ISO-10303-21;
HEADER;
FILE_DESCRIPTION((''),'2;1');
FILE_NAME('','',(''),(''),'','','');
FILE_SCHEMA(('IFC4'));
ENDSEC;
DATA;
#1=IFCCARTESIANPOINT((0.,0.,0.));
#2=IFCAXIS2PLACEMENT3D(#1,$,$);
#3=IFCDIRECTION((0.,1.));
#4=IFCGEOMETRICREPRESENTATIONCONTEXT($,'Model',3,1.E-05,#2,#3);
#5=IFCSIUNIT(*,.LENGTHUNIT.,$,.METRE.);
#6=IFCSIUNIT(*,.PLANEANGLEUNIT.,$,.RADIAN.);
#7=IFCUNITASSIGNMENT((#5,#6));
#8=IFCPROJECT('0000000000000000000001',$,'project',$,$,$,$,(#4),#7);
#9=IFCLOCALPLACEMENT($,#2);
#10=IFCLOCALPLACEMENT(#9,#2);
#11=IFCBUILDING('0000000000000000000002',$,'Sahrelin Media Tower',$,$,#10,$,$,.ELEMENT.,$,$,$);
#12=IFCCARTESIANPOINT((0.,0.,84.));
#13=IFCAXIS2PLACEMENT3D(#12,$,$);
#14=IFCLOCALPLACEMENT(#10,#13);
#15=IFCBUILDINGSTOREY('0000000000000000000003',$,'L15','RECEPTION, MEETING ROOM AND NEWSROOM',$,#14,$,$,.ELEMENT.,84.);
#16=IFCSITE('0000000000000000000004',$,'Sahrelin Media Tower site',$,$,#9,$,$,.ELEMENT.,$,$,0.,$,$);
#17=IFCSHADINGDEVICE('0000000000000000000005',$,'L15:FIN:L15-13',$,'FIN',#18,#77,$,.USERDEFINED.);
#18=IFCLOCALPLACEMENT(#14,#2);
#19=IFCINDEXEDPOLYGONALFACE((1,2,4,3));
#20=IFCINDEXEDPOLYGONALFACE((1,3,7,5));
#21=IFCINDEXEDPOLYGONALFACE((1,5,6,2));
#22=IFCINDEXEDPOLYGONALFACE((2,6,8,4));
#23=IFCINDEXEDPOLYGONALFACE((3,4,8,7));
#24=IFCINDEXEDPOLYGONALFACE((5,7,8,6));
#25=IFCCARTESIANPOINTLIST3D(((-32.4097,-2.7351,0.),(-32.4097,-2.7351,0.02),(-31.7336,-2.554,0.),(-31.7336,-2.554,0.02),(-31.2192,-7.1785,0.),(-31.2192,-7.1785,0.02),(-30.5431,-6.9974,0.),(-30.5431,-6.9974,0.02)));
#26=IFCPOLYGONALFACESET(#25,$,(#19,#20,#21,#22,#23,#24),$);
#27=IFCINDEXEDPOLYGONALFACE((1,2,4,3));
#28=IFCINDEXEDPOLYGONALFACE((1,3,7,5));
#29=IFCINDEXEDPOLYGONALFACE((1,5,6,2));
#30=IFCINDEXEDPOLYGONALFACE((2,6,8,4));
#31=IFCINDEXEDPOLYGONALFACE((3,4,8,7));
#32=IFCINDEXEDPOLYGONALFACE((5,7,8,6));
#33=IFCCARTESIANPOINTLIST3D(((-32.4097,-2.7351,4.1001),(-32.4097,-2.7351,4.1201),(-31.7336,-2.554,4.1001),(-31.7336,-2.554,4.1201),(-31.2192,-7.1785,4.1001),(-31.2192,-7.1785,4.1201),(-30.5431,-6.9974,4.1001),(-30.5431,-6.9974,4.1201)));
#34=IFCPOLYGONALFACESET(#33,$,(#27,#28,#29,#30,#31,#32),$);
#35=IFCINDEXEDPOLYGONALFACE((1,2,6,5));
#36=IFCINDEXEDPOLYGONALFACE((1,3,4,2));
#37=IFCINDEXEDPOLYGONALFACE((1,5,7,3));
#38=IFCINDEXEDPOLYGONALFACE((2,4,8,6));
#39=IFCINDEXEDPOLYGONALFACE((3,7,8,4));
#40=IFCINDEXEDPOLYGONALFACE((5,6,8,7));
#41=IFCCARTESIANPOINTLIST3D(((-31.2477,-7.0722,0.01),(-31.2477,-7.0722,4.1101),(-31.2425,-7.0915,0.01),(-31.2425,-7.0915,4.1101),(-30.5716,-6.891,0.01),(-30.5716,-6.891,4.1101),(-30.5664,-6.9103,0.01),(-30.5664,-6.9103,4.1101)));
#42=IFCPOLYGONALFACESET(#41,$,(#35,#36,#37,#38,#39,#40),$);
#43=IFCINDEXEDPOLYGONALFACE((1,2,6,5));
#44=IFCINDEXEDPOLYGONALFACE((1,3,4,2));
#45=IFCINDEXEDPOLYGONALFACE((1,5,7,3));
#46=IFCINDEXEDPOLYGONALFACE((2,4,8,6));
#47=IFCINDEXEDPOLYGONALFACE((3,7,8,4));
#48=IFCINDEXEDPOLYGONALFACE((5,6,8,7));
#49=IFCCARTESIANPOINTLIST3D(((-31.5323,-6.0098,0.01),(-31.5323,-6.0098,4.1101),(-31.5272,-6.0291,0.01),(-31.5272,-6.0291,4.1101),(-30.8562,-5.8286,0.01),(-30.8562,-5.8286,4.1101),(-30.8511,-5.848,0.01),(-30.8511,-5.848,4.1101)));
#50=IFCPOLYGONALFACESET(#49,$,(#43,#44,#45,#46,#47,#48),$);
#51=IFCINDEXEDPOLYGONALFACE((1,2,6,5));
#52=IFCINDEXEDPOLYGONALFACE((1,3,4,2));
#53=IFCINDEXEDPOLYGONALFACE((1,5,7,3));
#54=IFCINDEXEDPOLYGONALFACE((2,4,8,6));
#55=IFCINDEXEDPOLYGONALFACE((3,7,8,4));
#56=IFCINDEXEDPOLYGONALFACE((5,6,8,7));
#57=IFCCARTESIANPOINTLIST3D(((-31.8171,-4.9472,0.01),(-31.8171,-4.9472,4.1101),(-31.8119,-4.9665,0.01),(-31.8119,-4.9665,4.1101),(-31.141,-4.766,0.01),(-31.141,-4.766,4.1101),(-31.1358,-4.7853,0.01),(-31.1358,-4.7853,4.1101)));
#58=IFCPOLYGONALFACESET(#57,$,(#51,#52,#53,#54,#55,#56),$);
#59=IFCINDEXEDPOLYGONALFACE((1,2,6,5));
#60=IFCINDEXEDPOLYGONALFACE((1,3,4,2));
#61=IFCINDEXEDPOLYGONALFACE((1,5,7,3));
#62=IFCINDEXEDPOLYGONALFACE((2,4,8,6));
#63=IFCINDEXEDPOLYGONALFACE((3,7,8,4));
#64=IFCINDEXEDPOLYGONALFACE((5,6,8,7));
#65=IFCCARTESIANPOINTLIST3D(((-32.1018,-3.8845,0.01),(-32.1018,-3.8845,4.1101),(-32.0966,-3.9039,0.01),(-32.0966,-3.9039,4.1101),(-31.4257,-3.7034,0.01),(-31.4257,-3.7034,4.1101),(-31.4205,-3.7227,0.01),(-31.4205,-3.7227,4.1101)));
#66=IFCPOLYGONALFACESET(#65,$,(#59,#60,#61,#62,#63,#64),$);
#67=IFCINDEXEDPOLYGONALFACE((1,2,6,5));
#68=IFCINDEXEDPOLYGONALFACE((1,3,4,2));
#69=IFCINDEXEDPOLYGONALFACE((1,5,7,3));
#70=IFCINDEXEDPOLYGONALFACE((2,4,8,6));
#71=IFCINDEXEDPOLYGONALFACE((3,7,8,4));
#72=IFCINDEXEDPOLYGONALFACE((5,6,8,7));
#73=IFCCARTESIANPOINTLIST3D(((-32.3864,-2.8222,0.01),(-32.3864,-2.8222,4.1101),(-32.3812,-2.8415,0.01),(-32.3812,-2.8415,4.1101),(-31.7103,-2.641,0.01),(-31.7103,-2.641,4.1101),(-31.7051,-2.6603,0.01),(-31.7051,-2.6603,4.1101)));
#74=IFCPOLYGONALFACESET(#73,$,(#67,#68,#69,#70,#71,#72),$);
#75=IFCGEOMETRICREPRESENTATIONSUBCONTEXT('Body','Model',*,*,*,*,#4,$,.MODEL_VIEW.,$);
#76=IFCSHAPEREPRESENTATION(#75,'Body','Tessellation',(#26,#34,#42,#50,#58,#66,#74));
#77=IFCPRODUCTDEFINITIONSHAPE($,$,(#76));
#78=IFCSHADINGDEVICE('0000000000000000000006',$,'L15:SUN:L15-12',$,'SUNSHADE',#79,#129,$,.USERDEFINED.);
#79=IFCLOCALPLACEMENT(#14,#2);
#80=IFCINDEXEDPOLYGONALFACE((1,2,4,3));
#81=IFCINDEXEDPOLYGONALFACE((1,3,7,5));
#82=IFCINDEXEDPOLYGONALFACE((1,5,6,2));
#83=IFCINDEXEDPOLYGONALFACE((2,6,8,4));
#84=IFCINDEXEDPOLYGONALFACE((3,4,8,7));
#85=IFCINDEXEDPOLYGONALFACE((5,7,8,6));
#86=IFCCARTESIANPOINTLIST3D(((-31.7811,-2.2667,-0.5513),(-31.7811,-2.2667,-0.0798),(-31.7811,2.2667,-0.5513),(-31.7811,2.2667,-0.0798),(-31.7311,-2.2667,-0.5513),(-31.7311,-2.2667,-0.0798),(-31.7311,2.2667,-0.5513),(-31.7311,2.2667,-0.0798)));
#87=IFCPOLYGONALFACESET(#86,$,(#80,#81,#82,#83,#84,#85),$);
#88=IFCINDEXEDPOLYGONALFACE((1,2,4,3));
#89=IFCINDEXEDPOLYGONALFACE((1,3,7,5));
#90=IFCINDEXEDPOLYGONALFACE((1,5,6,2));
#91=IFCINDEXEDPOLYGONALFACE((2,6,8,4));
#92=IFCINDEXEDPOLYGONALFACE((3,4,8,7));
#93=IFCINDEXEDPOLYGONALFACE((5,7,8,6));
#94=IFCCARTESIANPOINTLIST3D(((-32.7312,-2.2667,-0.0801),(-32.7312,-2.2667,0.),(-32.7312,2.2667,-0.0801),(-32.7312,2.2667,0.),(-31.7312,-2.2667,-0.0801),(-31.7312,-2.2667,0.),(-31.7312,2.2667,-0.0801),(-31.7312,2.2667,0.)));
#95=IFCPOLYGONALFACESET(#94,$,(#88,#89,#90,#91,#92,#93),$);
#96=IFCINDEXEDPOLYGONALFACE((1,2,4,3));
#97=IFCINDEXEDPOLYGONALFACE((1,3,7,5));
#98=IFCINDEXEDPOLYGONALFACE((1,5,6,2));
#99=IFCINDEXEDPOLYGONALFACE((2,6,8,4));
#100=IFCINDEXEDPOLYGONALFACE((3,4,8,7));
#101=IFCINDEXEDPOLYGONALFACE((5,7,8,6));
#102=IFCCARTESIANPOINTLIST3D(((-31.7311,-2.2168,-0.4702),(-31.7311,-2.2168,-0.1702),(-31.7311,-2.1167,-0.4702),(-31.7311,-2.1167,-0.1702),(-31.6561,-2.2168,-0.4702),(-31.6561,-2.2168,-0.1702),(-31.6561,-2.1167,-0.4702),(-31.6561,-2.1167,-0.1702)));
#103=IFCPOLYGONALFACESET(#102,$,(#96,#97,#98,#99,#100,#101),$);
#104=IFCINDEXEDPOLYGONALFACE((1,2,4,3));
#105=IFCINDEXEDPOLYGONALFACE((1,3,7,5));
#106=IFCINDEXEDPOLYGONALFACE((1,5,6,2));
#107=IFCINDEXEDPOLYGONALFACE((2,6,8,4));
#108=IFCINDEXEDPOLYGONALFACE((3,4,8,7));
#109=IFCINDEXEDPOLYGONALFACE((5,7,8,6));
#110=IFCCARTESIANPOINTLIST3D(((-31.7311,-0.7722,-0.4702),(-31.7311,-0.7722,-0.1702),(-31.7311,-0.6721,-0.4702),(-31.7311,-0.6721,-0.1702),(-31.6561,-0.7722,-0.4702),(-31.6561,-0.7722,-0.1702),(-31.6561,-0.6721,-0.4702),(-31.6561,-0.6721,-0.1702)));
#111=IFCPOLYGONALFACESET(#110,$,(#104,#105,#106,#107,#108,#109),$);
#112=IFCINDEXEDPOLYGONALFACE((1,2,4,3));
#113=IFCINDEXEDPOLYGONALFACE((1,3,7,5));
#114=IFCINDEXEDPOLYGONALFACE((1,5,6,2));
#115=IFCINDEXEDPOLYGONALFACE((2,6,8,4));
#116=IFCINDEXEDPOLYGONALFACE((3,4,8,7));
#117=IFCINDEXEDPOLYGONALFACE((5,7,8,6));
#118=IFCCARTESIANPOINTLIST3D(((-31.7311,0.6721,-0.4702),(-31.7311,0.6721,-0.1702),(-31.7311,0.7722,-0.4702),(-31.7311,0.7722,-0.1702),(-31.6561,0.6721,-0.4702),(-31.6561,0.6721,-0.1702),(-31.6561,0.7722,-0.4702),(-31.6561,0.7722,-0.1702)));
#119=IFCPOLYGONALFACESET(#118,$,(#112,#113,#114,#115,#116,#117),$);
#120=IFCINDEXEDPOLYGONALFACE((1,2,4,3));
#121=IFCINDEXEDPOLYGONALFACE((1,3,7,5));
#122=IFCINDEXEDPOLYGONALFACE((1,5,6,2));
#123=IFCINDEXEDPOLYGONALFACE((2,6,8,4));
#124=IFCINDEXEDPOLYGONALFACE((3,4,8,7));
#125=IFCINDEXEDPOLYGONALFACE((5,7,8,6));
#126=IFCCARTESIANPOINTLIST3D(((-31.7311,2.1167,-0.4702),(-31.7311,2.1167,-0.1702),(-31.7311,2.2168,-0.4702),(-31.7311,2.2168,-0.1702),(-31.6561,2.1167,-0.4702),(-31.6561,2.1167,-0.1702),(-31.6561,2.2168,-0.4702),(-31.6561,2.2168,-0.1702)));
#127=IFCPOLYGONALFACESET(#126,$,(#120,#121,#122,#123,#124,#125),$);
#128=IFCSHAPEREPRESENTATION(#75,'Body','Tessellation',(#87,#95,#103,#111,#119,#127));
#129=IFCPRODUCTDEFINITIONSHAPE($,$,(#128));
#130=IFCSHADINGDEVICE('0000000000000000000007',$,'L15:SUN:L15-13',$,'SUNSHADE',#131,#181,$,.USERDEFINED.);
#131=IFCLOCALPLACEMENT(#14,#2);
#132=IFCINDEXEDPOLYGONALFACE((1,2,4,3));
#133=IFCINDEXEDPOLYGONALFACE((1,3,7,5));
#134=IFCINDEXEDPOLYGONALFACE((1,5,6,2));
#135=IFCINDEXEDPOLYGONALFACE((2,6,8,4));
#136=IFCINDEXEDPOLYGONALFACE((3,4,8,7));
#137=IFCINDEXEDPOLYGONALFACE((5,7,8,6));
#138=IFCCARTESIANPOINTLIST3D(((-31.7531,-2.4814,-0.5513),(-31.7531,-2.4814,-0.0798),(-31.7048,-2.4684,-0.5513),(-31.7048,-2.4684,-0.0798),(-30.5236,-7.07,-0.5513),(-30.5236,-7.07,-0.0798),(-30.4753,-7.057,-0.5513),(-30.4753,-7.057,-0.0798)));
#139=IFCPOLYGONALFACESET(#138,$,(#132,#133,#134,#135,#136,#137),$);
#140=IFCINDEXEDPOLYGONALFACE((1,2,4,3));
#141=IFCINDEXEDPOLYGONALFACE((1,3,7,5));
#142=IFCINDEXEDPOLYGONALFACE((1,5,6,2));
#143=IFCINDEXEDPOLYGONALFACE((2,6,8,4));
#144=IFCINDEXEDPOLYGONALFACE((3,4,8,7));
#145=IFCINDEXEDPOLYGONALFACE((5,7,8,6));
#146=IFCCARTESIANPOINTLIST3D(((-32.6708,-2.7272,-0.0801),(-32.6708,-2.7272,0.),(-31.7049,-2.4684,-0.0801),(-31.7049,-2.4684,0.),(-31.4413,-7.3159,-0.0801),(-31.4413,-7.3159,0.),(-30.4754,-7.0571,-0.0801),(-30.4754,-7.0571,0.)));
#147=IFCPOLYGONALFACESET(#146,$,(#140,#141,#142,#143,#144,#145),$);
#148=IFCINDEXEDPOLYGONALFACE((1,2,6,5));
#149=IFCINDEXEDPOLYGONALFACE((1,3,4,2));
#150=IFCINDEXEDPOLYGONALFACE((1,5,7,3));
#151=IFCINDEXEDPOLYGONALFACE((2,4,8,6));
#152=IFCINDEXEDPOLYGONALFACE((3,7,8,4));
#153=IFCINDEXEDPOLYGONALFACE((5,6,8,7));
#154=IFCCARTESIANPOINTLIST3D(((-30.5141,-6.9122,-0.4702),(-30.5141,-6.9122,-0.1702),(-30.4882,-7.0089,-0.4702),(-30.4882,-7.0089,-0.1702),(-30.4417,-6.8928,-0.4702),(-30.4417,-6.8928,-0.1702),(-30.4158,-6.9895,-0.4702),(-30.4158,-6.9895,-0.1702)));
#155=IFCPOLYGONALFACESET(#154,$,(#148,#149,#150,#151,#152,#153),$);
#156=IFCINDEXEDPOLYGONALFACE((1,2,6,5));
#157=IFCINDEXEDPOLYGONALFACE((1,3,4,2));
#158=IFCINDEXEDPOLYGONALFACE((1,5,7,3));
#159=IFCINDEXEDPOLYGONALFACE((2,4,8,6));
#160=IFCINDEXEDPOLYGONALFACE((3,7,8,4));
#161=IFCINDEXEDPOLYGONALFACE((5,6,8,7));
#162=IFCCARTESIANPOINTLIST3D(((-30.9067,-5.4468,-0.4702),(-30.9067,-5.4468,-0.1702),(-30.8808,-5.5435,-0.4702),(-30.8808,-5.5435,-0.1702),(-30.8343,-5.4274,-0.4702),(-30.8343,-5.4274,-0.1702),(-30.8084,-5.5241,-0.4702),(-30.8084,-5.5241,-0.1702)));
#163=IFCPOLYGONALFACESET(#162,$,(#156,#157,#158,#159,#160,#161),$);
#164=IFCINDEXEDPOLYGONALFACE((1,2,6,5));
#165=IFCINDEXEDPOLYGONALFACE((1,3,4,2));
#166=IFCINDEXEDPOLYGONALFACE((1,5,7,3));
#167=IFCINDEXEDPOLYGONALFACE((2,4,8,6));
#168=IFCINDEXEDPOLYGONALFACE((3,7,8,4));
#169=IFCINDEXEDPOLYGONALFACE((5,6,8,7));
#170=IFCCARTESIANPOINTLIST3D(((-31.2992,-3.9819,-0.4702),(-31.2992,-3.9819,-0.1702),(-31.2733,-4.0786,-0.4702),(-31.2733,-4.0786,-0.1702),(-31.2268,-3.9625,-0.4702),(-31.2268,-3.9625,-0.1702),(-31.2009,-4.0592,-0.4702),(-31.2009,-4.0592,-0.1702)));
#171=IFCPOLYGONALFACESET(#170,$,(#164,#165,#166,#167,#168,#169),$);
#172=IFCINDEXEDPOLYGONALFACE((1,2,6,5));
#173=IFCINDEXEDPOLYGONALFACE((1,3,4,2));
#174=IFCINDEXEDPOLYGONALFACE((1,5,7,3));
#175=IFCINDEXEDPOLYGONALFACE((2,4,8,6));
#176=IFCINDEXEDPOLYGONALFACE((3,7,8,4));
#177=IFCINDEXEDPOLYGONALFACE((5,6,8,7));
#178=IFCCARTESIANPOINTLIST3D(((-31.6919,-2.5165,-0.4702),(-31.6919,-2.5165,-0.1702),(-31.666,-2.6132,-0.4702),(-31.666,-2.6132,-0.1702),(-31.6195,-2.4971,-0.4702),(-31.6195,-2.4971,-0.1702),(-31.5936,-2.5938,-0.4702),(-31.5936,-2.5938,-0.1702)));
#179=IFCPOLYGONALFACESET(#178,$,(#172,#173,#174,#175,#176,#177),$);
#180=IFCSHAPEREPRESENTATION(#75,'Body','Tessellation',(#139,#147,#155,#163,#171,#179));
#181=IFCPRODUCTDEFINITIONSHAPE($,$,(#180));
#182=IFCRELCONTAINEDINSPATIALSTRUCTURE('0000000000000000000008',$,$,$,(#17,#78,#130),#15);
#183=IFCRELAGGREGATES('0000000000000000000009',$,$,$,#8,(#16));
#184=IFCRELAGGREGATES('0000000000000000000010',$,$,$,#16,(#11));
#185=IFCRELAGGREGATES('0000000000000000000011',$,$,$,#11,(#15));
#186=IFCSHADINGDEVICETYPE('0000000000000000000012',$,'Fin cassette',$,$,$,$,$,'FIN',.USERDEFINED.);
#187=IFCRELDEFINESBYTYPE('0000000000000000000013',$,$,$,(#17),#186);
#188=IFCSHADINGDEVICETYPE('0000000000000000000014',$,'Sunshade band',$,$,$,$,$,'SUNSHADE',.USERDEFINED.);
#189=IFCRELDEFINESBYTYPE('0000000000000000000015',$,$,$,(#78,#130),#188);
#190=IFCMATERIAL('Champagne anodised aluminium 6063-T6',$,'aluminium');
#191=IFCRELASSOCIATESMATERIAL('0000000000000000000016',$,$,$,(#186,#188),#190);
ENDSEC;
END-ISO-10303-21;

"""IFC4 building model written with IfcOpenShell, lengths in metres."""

from ifc_helpers import new_model, si_unit, direction, frame, origin, origin_2d, place, context, subcontext, project, spatial, rectangle, extrude, material, type_object, element, save


model = new_model("IFC4")

# Units and contexts
model_context = context("Model", 3, precision=1e-05, world=origin(), true_north=direction((0.0, 1.0)))
body_context = subcontext(model_context, "Body", "Model", "MODEL_VIEW")
ifc_project = project(units=[si_unit("LENGTHUNIT", "METRE"), si_unit("PLANEANGLEUNIT", "RADIAN")], contexts=[model_context])

# Site, building, storey
site_placement = place(None, origin())
site = spatial("IfcSite", under=ifc_project, at=site_placement, Name="Sahrelin Media Tower site", CompositionType="ELEMENT", RefElevation=0.0)
building_placement = place(site_placement, origin())
building = spatial("IfcBuilding", under=site, at=building_placement, Name="Sahrelin Media Tower", CompositionType="ELEMENT")
storey_placement = place(building_placement, frame((0.0, 0.0, 84.0)))
storey = spatial("IfcBuildingStorey", under=building, at=storey_placement, Name="L15", Description="RECEPTION, MEETING ROOM AND NEWSROOM", CompositionType="ELEMENT", Elevation=84.0)

# Shared definitions
ifc_material_1 = material(Name="Champagne anodised aluminium 6063-T6", Category="aluminium")

# Shading devices
shading_device_type_1 = type_object("IfcShadingDeviceType", Name="Fin cassette", ElementType="FIN", PredefinedType="USERDEFINED", material=ifc_material_1)
placement_1 = place(storey_placement, frame((-31.7112, 0.0, 0.0), z_axis=(0.0, 0.0, 1.0), x_axis=(0.0, 1.0, 0.0)))
placement_2 = place(storey_placement, frame((-31.0708, -4.7576, 0.0), z_axis=(0.0, 0.0, 1.0), x_axis=(-0.258808, 0.965929, 0.0)))
element("IfcShadingDevice", 1, at=placement_2, inside=storey, type_object=shading_device_type_1, Name="L15:FIN:L15-13", ObjectType="FIN", PredefinedType="USERDEFINED", context=body_context, shape_type="SweptSolid", body=[
    extrude(rectangle(XDim=4.6001, YDim=0.7, at=origin_2d()), frame((0.0, 0.4199, 0.0)), (0.0, 0.0, 1.0), 0.02),
    extrude(rectangle(XDim=4.6001, YDim=0.7, at=origin_2d()), frame((0.0, 0.4199, 4.1001)), (0.0, 0.0, 1.0), 0.02),
    extrude(rectangle(XDim=0.02, YDim=0.7, at=origin_2d()), frame((-2.2, 0.4199, 0.01), z_axis=(0.0, 0.0, 1.0), x_axis=(1.0, 0.0, 0.0)), (0.0, 0.0, 1.0), 4.1001),
    extrude(rectangle(XDim=0.02, YDim=0.7, at=origin_2d()), frame((-1.1001, 0.4199, 0.01), z_axis=(0.0, 0.0, 1.0), x_axis=(1.0, 0.0, 0.0)), (0.0, 0.0, 1.0), 4.1001),
    extrude(rectangle(XDim=0.02, YDim=0.7, at=origin_2d()), frame((0.0, 0.4199, 0.01), z_axis=(0.0, 0.0, 1.0), x_axis=(1.0, 0.0, 0.0)), (0.0, 0.0, 1.0), 4.1001),
    extrude(rectangle(XDim=0.02, YDim=0.7, at=origin_2d()), frame((1.1001, 0.4199, 0.01), z_axis=(0.0, 0.0, 1.0), x_axis=(1.0, 0.0, 0.0)), (0.0, 0.0, 1.0), 4.1001),
    extrude(rectangle(XDim=0.02, YDim=0.7, at=origin_2d()), frame((2.2, 0.4199, 0.01), z_axis=(0.0, 0.0, 1.0), x_axis=(1.0, 0.0, 0.0)), (0.0, 0.0, 1.0), 4.1001),
])
shading_device_type_2 = type_object("IfcShadingDeviceType", Name="Sunshade band", ElementType="SUNSHADE", PredefinedType="USERDEFINED", material=ifc_material_1)
element("IfcShadingDevice", 2, at=placement_1, inside=storey, type_object=shading_device_type_2, Name="L15:SUN:L15-12", ObjectType="SUNSHADE", PredefinedType="USERDEFINED", context=body_context, shape_type="SweptSolid", body=[
    extrude(rectangle(XDim=4.5334, YDim=0.05, at=origin_2d()), frame((0.0, 0.0449, -0.5513)), (0.0, 0.0, 1.0), 0.4714),
    extrude(rectangle(XDim=4.5334, YDim=1.0, at=origin_2d()), frame((0.0, 0.52, -0.0801)), (0.0, 0.0, 1.0), 0.0801),
    extrude(rectangle(XDim=0.1001, YDim=0.075, at=origin_2d()), frame((-2.1667, -0.0176, -0.4702)), (0.0, 0.0, 1.0), 0.3),
    extrude(rectangle(XDim=0.1001, YDim=0.075, at=origin_2d()), frame((-0.7222, -0.0176, -0.4702)), (0.0, 0.0, 1.0), 0.3),
    extrude(rectangle(XDim=0.1001, YDim=0.075, at=origin_2d()), frame((0.7222, -0.0176, -0.4702)), (0.0, 0.0, 1.0), 0.3),
    extrude(rectangle(XDim=0.1001, YDim=0.075, at=origin_2d()), frame((2.1667, -0.0176, -0.4702)), (0.0, 0.0, 1.0), 0.3),
])
element("IfcShadingDevice", 3, at=placement_2, inside=storey, type_object=shading_device_type_2, Name="L15:SUN:L15-13", ObjectType="SUNSHADE", PredefinedType="USERDEFINED", context=body_context, shape_type="SweptSolid", body=[
    extrude(rectangle(XDim=4.7505, YDim=0.05, at=origin_2d()), frame((0.0, 0.0449, -0.5513)), (0.0, 0.0, 1.0), 0.4714),
    extrude(rectangle(XDim=4.7505, YDim=1.0, at=origin_2d()), frame((0.0, 0.52, -0.0801)), (0.0, 0.0, 1.0), 0.0801),
    extrude(rectangle(XDim=0.1001, YDim=0.075, at=origin_2d()), frame((-2.2754, -0.0176, -0.4702)), (0.0, 0.0, 1.0), 0.3),
    extrude(rectangle(XDim=0.1001, YDim=0.075, at=origin_2d()), frame((-0.7583, -0.0176, -0.4702)), (0.0, 0.0, 1.0), 0.3),
    extrude(rectangle(XDim=0.1001, YDim=0.075, at=origin_2d()), frame((0.7583, -0.0176, -0.4702)), (0.0, 0.0, 1.0), 0.3),
    extrude(rectangle(XDim=0.1001, YDim=0.075, at=origin_2d()), frame((2.2754, -0.0176, -0.4702)), (0.0, 0.0, 1.0), 0.3),
])

save(model, "model.ifc")
